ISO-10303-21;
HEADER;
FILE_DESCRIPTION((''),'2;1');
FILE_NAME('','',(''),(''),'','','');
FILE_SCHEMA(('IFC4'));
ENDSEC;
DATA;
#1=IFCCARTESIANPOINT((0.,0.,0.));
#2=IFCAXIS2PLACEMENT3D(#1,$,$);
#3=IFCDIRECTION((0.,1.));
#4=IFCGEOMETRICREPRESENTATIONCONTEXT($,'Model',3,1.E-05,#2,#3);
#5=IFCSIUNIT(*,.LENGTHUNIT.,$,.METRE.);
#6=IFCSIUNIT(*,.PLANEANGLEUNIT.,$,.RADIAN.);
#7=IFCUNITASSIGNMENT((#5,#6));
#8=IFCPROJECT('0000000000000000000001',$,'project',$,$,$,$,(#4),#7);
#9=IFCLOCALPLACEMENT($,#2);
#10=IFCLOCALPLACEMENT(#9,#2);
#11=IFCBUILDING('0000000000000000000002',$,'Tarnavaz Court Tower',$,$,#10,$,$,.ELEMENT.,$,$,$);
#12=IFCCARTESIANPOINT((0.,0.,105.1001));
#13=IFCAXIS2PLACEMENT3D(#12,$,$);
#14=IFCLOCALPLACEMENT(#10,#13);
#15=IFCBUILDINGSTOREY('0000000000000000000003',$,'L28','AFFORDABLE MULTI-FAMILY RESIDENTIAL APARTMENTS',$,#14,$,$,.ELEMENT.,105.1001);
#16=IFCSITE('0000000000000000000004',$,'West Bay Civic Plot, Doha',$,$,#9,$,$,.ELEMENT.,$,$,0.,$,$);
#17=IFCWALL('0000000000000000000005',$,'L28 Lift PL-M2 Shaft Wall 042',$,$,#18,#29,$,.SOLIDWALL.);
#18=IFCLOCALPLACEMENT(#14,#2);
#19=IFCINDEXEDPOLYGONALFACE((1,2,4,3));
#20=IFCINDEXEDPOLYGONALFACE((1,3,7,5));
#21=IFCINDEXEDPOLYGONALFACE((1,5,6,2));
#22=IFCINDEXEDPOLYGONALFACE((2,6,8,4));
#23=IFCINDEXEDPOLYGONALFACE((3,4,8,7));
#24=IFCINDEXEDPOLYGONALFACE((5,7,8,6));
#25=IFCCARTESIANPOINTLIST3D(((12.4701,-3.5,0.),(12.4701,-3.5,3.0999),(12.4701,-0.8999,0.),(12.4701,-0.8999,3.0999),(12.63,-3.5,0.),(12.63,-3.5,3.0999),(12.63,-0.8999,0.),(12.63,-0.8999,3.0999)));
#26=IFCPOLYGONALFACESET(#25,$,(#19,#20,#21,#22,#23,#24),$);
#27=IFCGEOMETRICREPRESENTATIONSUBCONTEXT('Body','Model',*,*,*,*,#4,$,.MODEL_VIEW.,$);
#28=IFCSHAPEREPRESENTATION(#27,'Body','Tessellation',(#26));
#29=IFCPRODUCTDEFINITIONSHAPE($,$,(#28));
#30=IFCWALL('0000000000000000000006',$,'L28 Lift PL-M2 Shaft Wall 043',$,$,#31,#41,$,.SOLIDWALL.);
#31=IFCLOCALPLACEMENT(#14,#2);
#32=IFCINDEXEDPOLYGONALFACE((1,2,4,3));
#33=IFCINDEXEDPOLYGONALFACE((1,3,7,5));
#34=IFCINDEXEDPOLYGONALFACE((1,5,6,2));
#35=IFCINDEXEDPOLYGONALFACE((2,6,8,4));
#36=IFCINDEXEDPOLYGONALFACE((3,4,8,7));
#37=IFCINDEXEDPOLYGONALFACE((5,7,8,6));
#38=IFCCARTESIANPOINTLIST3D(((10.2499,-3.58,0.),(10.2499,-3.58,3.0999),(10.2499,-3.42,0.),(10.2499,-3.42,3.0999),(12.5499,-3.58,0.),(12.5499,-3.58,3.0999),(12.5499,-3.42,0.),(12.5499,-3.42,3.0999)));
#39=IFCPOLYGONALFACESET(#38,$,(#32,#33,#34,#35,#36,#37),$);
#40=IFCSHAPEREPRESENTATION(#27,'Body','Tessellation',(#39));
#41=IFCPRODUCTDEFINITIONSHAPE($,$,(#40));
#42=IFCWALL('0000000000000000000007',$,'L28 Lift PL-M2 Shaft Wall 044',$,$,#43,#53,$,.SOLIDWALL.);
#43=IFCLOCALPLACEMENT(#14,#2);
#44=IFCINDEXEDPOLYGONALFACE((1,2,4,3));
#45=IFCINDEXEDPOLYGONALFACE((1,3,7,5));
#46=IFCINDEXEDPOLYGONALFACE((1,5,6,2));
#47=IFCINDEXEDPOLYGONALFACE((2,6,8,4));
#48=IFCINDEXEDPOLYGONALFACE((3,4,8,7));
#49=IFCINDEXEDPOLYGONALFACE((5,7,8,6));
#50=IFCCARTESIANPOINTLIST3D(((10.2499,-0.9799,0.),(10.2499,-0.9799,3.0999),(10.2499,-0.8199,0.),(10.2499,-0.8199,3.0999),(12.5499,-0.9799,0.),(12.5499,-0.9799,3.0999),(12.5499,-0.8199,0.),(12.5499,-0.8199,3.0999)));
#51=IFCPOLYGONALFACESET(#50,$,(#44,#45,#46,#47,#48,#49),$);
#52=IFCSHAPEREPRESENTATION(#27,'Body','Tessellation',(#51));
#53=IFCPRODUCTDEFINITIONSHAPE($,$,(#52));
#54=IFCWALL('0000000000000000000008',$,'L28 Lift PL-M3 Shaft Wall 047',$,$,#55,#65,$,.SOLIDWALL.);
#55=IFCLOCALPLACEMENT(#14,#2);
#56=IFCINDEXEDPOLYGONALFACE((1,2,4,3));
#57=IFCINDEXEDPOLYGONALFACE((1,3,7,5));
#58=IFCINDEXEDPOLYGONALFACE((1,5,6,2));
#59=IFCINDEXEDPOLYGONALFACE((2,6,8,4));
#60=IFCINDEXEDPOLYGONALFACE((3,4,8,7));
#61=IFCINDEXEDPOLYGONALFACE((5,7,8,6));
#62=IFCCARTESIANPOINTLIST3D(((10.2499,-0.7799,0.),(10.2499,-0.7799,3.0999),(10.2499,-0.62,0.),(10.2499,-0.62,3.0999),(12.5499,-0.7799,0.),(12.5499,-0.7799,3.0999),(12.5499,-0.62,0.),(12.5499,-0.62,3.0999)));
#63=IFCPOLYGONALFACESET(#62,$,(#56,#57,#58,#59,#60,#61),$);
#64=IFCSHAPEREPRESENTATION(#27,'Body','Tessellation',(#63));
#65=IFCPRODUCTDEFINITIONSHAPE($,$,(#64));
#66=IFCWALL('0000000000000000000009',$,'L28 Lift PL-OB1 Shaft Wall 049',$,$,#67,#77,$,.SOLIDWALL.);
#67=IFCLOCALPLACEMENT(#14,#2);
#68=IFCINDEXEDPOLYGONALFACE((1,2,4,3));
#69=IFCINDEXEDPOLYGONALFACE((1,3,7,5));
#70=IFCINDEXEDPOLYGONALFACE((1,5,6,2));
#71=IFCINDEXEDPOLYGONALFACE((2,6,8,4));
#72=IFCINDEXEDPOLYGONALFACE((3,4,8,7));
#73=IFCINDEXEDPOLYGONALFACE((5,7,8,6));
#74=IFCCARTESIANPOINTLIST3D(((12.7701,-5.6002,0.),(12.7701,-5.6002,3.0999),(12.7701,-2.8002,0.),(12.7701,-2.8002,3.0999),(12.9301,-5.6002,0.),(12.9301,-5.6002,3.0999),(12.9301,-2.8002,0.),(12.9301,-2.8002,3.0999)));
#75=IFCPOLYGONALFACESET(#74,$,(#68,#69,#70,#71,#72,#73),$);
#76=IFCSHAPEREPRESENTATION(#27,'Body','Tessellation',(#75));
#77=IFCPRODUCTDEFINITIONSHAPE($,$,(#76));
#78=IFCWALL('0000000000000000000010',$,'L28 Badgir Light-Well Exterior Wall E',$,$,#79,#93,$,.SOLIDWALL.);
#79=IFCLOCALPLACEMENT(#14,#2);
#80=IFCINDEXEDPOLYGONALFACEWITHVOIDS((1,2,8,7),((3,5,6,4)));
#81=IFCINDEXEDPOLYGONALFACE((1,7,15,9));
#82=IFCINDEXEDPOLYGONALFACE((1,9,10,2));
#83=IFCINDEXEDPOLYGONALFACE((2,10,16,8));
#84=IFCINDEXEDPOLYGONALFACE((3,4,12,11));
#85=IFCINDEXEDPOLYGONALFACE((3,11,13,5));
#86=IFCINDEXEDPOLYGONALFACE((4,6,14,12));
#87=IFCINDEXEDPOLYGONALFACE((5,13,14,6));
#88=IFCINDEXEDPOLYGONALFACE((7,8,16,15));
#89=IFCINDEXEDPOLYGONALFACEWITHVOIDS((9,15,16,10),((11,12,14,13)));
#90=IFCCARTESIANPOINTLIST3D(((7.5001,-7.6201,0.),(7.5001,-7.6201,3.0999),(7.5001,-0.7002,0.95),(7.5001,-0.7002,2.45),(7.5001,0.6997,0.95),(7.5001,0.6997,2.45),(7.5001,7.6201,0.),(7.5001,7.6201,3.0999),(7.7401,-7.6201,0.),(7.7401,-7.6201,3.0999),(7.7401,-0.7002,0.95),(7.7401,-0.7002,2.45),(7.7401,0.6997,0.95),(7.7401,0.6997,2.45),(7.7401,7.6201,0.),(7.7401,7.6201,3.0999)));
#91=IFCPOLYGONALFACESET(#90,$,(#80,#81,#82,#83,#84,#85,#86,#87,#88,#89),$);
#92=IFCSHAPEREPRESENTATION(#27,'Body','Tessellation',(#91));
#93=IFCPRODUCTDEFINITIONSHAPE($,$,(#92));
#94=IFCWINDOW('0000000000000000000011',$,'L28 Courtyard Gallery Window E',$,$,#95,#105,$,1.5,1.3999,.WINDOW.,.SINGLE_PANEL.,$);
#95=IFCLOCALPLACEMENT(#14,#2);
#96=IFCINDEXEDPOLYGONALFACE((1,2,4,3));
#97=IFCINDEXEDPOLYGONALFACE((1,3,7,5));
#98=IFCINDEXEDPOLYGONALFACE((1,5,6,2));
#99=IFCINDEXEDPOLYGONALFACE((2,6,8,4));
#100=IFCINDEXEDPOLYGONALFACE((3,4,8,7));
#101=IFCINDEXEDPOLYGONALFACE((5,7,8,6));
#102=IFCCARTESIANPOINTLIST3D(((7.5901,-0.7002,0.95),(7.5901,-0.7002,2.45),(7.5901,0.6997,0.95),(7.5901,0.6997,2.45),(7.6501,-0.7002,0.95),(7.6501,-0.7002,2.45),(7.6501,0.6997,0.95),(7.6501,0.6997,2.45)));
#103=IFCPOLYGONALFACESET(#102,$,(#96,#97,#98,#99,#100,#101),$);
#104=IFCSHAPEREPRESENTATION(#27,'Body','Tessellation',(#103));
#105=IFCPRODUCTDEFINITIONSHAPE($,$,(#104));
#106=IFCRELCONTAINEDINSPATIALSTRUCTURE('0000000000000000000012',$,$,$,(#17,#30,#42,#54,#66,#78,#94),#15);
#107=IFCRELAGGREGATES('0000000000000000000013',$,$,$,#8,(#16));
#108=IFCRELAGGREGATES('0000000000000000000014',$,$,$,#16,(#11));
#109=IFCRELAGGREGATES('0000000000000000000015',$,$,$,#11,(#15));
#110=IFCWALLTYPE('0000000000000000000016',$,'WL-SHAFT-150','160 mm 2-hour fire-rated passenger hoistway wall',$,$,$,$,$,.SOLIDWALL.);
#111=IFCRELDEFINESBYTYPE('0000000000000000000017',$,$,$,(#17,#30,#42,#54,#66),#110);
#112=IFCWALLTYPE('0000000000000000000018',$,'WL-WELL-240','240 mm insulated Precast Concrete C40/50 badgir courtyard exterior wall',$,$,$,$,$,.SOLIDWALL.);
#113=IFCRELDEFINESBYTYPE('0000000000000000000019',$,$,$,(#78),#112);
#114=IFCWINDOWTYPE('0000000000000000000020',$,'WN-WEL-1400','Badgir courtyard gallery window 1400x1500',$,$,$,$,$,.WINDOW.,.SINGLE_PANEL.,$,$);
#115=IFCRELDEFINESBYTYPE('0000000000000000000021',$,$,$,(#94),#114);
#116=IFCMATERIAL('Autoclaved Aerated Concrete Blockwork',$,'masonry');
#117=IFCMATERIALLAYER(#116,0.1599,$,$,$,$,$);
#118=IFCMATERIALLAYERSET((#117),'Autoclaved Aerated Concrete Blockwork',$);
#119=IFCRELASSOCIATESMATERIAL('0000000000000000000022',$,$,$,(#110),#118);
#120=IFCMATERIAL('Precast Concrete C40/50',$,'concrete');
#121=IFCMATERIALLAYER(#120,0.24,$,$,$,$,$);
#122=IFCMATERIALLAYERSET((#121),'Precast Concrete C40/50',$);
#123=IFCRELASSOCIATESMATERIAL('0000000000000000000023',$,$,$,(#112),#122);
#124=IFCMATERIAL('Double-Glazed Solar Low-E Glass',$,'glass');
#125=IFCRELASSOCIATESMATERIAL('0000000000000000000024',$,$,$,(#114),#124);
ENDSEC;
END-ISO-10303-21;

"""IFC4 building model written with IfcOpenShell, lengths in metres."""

from ifc_helpers import new_model, si_unit, direction, frame, frame_2d, origin, place, context, subcontext, project, spatial, rectangle, extrude, material, layer, layer_set, type_object, element, fill, save


model = new_model("IFC4")

# Units and contexts
model_context = context("Model", 3, precision=1e-05, world=origin(), true_north=direction((0.0, 1.0)))
body_context = subcontext(model_context, "Body", "Model", "MODEL_VIEW")
ifc_project = project(units=[si_unit("LENGTHUNIT", "METRE"), si_unit("PLANEANGLEUNIT", "RADIAN")], contexts=[model_context])

# Site, building, storey
site_placement = place(None, origin())
site = spatial("IfcSite", under=ifc_project, at=site_placement, Name="West Bay Civic Plot, Doha", CompositionType="ELEMENT", RefElevation=0.0)
building_placement = place(site_placement, origin())
building = spatial("IfcBuilding", under=site, at=building_placement, Name="Tarnavaz Court Tower", CompositionType="ELEMENT")
storey_placement = place(building_placement, frame((0.0, 0.0, 105.1001)))
storey = spatial("IfcBuildingStorey", under=building, at=storey_placement, Name="L28", Description="AFFORDABLE MULTI-FAMILY RESIDENTIAL APARTMENTS", CompositionType="ELEMENT", Elevation=105.1001)

# Shared definitions
ifc_material_1 = material(Name="Autoclaved Aerated Concrete Blockwork", Category="masonry")
ifc_layer_1 = layer(ifc_material_1, 0.1599)
ifc_layer_set_1 = layer_set([ifc_layer_1], Name="Autoclaved Aerated Concrete Blockwork")
wall_type_1 = type_object("IfcWallType", Name="WL-SHAFT-150", Description="160 mm 2-hour fire-rated passenger hoistway wall", PredefinedType="SOLIDWALL", material=ifc_layer_set_1)

# Walls
wall_1_placement = place(storey_placement, frame((12.55, -3.5, 0.0), z_axis=(0.0, 0.0, 1.0), x_axis=(0.0, 1.0, 0.0)))
element("IfcWall", 1, at=wall_1_placement, inside=storey, type_object=wall_type_1, Name="L28 Lift PL-M2 Shaft Wall 042", PredefinedType="SOLIDWALL", context=body_context, shape_type="SweptSolid", body=[
    extrude(rectangle(XDim=2.6001, YDim=0.1599, at=frame_2d((1.3, 0.0))), origin(), (0.0, 0.0, 1.0), 3.0999),
])
for number, where, z_axis, x_axis, name in (
    (2, (10.25, -3.5, 0.0), (0.0, 0.0, 1.0), (1.0, 0.0, 0.0), "L28 Lift PL-M2 Shaft Wall 043"),
    (3, (10.25, -0.8999, 0.0), (0.0, 0.0, 1.0), (1.0, 0.0, 0.0), "L28 Lift PL-M2 Shaft Wall 044"),
):
    element("IfcWall", number, at=place(storey_placement, frame(where, z_axis=z_axis, x_axis=x_axis)), inside=storey, type_object=wall_type_1, Name=name, PredefinedType="SOLIDWALL", context=body_context, shape_type="SweptSolid", body=[
        extrude(rectangle(XDim=2.3, YDim=0.1599, at=frame_2d((1.1499, 0.0))), origin(), (0.0, 0.0, 1.0), 3.0999),
    ])

# Walls
wall_2_placement = place(storey_placement, frame((10.25, -0.7, 0.0), z_axis=(0.0, 0.0, 1.0), x_axis=(1.0, 0.0, 0.0)))
element("IfcWall", 4, at=wall_2_placement, inside=storey, type_object=wall_type_1, Name="L28 Lift PL-M3 Shaft Wall 047", PredefinedType="SOLIDWALL", context=body_context, shape_type="SweptSolid", body=[
    extrude(rectangle(XDim=2.3, YDim=0.1599, at=frame_2d((1.1499, 0.0))), origin(), (0.0, 0.0, 1.0), 3.0999),
])
wall_3_placement = place(storey_placement, frame((12.8501, -5.6001, 0.0), z_axis=(0.0, 0.0, 1.0), x_axis=(0.0, 1.0, 0.0)))
element("IfcWall", 5, at=wall_3_placement, inside=storey, type_object=wall_type_1, Name="L28 Lift PL-OB1 Shaft Wall 049", PredefinedType="SOLIDWALL", context=body_context, shape_type="SweptSolid", body=[
    extrude(rectangle(XDim=2.8, YDim=0.1599, at=frame_2d((1.3999, 0.0))), origin(), (0.0, 0.0, 1.0), 3.0999),
])

# Wall, opening, window
ifc_material_2 = material(Name="Precast Concrete C40/50", Category="concrete")
ifc_layer_2 = layer(ifc_material_2, 0.24)
ifc_layer_set_2 = layer_set([ifc_layer_2], Name="Precast Concrete C40/50")
wall_type_2 = type_object("IfcWallType", Name="WL-WELL-240", Description="240 mm insulated Precast Concrete C40/50 badgir courtyard exterior wall", PredefinedType="SOLIDWALL", material=ifc_layer_set_2)
wall_4_placement = place(storey_placement, frame((7.6201, -7.6201, 0.0), z_axis=(0.0, 0.0, 1.0), x_axis=(0.0, 1.0, 0.0)))
wall_4 = element("IfcWall", 6, at=wall_4_placement, inside=storey, type_object=wall_type_2, Name="L28 Badgir Light-Well Exterior Wall E", PredefinedType="SOLIDWALL", context=body_context, shape_type="SweptSolid", body=[
    extrude(rectangle(XDim=15.2402, YDim=0.24, at=frame_2d((7.6201, 0.0))), origin(), (0.0, 0.0, 1.0), 3.0999),
])
opening_1_placement = place(wall_4_placement, frame((6.9199, 0.0, 0.95)))
opening_1 = element("IfcOpeningElement", 7, at=opening_1_placement, cuts=wall_4, PredefinedType="OPENING", context=body_context, shape_type="SweptSolid", body=[
    extrude(rectangle(XDim=1.3999, YDim=1.5, at=frame_2d((0.7, 0.75))), frame((0.0, 0.1299, 0.0), z_axis=(0.0, -1.0, 0.0), x_axis=(1.0, 0.0, 0.0)), (0.0, 0.0, 1.0), 0.26),
])
ifc_material_3 = material(Name="Double-Glazed Solar Low-E Glass", Category="glass")
window_type = type_object("IfcWindowType", Name="WN-WEL-1400", Description="Badgir courtyard gallery window 1400x1500", PartitioningType="SINGLE_PANEL", PredefinedType="WINDOW", material=ifc_material_3)
window_placement = place(opening_1_placement, origin())
window = element("IfcWindow", 8, at=window_placement, inside=storey, type_object=window_type, Name="L28 Courtyard Gallery Window E", OverallHeight=1.5, OverallWidth=1.3999, PartitioningType="SINGLE_PANEL", PredefinedType="WINDOW", context=body_context, shape_type="SweptSolid", body=[
    extrude(rectangle(XDim=1.3999, YDim=1.5, at=frame_2d((0.7, 0.75))), frame((0.0, 0.03, 0.0), z_axis=(0.0, -1.0, 0.0), x_axis=(1.0, 0.0, 0.0)), (0.0, 0.0, 1.0), 0.0601),
])
fill(opening_1, window)

save(model, "model.ifc")
